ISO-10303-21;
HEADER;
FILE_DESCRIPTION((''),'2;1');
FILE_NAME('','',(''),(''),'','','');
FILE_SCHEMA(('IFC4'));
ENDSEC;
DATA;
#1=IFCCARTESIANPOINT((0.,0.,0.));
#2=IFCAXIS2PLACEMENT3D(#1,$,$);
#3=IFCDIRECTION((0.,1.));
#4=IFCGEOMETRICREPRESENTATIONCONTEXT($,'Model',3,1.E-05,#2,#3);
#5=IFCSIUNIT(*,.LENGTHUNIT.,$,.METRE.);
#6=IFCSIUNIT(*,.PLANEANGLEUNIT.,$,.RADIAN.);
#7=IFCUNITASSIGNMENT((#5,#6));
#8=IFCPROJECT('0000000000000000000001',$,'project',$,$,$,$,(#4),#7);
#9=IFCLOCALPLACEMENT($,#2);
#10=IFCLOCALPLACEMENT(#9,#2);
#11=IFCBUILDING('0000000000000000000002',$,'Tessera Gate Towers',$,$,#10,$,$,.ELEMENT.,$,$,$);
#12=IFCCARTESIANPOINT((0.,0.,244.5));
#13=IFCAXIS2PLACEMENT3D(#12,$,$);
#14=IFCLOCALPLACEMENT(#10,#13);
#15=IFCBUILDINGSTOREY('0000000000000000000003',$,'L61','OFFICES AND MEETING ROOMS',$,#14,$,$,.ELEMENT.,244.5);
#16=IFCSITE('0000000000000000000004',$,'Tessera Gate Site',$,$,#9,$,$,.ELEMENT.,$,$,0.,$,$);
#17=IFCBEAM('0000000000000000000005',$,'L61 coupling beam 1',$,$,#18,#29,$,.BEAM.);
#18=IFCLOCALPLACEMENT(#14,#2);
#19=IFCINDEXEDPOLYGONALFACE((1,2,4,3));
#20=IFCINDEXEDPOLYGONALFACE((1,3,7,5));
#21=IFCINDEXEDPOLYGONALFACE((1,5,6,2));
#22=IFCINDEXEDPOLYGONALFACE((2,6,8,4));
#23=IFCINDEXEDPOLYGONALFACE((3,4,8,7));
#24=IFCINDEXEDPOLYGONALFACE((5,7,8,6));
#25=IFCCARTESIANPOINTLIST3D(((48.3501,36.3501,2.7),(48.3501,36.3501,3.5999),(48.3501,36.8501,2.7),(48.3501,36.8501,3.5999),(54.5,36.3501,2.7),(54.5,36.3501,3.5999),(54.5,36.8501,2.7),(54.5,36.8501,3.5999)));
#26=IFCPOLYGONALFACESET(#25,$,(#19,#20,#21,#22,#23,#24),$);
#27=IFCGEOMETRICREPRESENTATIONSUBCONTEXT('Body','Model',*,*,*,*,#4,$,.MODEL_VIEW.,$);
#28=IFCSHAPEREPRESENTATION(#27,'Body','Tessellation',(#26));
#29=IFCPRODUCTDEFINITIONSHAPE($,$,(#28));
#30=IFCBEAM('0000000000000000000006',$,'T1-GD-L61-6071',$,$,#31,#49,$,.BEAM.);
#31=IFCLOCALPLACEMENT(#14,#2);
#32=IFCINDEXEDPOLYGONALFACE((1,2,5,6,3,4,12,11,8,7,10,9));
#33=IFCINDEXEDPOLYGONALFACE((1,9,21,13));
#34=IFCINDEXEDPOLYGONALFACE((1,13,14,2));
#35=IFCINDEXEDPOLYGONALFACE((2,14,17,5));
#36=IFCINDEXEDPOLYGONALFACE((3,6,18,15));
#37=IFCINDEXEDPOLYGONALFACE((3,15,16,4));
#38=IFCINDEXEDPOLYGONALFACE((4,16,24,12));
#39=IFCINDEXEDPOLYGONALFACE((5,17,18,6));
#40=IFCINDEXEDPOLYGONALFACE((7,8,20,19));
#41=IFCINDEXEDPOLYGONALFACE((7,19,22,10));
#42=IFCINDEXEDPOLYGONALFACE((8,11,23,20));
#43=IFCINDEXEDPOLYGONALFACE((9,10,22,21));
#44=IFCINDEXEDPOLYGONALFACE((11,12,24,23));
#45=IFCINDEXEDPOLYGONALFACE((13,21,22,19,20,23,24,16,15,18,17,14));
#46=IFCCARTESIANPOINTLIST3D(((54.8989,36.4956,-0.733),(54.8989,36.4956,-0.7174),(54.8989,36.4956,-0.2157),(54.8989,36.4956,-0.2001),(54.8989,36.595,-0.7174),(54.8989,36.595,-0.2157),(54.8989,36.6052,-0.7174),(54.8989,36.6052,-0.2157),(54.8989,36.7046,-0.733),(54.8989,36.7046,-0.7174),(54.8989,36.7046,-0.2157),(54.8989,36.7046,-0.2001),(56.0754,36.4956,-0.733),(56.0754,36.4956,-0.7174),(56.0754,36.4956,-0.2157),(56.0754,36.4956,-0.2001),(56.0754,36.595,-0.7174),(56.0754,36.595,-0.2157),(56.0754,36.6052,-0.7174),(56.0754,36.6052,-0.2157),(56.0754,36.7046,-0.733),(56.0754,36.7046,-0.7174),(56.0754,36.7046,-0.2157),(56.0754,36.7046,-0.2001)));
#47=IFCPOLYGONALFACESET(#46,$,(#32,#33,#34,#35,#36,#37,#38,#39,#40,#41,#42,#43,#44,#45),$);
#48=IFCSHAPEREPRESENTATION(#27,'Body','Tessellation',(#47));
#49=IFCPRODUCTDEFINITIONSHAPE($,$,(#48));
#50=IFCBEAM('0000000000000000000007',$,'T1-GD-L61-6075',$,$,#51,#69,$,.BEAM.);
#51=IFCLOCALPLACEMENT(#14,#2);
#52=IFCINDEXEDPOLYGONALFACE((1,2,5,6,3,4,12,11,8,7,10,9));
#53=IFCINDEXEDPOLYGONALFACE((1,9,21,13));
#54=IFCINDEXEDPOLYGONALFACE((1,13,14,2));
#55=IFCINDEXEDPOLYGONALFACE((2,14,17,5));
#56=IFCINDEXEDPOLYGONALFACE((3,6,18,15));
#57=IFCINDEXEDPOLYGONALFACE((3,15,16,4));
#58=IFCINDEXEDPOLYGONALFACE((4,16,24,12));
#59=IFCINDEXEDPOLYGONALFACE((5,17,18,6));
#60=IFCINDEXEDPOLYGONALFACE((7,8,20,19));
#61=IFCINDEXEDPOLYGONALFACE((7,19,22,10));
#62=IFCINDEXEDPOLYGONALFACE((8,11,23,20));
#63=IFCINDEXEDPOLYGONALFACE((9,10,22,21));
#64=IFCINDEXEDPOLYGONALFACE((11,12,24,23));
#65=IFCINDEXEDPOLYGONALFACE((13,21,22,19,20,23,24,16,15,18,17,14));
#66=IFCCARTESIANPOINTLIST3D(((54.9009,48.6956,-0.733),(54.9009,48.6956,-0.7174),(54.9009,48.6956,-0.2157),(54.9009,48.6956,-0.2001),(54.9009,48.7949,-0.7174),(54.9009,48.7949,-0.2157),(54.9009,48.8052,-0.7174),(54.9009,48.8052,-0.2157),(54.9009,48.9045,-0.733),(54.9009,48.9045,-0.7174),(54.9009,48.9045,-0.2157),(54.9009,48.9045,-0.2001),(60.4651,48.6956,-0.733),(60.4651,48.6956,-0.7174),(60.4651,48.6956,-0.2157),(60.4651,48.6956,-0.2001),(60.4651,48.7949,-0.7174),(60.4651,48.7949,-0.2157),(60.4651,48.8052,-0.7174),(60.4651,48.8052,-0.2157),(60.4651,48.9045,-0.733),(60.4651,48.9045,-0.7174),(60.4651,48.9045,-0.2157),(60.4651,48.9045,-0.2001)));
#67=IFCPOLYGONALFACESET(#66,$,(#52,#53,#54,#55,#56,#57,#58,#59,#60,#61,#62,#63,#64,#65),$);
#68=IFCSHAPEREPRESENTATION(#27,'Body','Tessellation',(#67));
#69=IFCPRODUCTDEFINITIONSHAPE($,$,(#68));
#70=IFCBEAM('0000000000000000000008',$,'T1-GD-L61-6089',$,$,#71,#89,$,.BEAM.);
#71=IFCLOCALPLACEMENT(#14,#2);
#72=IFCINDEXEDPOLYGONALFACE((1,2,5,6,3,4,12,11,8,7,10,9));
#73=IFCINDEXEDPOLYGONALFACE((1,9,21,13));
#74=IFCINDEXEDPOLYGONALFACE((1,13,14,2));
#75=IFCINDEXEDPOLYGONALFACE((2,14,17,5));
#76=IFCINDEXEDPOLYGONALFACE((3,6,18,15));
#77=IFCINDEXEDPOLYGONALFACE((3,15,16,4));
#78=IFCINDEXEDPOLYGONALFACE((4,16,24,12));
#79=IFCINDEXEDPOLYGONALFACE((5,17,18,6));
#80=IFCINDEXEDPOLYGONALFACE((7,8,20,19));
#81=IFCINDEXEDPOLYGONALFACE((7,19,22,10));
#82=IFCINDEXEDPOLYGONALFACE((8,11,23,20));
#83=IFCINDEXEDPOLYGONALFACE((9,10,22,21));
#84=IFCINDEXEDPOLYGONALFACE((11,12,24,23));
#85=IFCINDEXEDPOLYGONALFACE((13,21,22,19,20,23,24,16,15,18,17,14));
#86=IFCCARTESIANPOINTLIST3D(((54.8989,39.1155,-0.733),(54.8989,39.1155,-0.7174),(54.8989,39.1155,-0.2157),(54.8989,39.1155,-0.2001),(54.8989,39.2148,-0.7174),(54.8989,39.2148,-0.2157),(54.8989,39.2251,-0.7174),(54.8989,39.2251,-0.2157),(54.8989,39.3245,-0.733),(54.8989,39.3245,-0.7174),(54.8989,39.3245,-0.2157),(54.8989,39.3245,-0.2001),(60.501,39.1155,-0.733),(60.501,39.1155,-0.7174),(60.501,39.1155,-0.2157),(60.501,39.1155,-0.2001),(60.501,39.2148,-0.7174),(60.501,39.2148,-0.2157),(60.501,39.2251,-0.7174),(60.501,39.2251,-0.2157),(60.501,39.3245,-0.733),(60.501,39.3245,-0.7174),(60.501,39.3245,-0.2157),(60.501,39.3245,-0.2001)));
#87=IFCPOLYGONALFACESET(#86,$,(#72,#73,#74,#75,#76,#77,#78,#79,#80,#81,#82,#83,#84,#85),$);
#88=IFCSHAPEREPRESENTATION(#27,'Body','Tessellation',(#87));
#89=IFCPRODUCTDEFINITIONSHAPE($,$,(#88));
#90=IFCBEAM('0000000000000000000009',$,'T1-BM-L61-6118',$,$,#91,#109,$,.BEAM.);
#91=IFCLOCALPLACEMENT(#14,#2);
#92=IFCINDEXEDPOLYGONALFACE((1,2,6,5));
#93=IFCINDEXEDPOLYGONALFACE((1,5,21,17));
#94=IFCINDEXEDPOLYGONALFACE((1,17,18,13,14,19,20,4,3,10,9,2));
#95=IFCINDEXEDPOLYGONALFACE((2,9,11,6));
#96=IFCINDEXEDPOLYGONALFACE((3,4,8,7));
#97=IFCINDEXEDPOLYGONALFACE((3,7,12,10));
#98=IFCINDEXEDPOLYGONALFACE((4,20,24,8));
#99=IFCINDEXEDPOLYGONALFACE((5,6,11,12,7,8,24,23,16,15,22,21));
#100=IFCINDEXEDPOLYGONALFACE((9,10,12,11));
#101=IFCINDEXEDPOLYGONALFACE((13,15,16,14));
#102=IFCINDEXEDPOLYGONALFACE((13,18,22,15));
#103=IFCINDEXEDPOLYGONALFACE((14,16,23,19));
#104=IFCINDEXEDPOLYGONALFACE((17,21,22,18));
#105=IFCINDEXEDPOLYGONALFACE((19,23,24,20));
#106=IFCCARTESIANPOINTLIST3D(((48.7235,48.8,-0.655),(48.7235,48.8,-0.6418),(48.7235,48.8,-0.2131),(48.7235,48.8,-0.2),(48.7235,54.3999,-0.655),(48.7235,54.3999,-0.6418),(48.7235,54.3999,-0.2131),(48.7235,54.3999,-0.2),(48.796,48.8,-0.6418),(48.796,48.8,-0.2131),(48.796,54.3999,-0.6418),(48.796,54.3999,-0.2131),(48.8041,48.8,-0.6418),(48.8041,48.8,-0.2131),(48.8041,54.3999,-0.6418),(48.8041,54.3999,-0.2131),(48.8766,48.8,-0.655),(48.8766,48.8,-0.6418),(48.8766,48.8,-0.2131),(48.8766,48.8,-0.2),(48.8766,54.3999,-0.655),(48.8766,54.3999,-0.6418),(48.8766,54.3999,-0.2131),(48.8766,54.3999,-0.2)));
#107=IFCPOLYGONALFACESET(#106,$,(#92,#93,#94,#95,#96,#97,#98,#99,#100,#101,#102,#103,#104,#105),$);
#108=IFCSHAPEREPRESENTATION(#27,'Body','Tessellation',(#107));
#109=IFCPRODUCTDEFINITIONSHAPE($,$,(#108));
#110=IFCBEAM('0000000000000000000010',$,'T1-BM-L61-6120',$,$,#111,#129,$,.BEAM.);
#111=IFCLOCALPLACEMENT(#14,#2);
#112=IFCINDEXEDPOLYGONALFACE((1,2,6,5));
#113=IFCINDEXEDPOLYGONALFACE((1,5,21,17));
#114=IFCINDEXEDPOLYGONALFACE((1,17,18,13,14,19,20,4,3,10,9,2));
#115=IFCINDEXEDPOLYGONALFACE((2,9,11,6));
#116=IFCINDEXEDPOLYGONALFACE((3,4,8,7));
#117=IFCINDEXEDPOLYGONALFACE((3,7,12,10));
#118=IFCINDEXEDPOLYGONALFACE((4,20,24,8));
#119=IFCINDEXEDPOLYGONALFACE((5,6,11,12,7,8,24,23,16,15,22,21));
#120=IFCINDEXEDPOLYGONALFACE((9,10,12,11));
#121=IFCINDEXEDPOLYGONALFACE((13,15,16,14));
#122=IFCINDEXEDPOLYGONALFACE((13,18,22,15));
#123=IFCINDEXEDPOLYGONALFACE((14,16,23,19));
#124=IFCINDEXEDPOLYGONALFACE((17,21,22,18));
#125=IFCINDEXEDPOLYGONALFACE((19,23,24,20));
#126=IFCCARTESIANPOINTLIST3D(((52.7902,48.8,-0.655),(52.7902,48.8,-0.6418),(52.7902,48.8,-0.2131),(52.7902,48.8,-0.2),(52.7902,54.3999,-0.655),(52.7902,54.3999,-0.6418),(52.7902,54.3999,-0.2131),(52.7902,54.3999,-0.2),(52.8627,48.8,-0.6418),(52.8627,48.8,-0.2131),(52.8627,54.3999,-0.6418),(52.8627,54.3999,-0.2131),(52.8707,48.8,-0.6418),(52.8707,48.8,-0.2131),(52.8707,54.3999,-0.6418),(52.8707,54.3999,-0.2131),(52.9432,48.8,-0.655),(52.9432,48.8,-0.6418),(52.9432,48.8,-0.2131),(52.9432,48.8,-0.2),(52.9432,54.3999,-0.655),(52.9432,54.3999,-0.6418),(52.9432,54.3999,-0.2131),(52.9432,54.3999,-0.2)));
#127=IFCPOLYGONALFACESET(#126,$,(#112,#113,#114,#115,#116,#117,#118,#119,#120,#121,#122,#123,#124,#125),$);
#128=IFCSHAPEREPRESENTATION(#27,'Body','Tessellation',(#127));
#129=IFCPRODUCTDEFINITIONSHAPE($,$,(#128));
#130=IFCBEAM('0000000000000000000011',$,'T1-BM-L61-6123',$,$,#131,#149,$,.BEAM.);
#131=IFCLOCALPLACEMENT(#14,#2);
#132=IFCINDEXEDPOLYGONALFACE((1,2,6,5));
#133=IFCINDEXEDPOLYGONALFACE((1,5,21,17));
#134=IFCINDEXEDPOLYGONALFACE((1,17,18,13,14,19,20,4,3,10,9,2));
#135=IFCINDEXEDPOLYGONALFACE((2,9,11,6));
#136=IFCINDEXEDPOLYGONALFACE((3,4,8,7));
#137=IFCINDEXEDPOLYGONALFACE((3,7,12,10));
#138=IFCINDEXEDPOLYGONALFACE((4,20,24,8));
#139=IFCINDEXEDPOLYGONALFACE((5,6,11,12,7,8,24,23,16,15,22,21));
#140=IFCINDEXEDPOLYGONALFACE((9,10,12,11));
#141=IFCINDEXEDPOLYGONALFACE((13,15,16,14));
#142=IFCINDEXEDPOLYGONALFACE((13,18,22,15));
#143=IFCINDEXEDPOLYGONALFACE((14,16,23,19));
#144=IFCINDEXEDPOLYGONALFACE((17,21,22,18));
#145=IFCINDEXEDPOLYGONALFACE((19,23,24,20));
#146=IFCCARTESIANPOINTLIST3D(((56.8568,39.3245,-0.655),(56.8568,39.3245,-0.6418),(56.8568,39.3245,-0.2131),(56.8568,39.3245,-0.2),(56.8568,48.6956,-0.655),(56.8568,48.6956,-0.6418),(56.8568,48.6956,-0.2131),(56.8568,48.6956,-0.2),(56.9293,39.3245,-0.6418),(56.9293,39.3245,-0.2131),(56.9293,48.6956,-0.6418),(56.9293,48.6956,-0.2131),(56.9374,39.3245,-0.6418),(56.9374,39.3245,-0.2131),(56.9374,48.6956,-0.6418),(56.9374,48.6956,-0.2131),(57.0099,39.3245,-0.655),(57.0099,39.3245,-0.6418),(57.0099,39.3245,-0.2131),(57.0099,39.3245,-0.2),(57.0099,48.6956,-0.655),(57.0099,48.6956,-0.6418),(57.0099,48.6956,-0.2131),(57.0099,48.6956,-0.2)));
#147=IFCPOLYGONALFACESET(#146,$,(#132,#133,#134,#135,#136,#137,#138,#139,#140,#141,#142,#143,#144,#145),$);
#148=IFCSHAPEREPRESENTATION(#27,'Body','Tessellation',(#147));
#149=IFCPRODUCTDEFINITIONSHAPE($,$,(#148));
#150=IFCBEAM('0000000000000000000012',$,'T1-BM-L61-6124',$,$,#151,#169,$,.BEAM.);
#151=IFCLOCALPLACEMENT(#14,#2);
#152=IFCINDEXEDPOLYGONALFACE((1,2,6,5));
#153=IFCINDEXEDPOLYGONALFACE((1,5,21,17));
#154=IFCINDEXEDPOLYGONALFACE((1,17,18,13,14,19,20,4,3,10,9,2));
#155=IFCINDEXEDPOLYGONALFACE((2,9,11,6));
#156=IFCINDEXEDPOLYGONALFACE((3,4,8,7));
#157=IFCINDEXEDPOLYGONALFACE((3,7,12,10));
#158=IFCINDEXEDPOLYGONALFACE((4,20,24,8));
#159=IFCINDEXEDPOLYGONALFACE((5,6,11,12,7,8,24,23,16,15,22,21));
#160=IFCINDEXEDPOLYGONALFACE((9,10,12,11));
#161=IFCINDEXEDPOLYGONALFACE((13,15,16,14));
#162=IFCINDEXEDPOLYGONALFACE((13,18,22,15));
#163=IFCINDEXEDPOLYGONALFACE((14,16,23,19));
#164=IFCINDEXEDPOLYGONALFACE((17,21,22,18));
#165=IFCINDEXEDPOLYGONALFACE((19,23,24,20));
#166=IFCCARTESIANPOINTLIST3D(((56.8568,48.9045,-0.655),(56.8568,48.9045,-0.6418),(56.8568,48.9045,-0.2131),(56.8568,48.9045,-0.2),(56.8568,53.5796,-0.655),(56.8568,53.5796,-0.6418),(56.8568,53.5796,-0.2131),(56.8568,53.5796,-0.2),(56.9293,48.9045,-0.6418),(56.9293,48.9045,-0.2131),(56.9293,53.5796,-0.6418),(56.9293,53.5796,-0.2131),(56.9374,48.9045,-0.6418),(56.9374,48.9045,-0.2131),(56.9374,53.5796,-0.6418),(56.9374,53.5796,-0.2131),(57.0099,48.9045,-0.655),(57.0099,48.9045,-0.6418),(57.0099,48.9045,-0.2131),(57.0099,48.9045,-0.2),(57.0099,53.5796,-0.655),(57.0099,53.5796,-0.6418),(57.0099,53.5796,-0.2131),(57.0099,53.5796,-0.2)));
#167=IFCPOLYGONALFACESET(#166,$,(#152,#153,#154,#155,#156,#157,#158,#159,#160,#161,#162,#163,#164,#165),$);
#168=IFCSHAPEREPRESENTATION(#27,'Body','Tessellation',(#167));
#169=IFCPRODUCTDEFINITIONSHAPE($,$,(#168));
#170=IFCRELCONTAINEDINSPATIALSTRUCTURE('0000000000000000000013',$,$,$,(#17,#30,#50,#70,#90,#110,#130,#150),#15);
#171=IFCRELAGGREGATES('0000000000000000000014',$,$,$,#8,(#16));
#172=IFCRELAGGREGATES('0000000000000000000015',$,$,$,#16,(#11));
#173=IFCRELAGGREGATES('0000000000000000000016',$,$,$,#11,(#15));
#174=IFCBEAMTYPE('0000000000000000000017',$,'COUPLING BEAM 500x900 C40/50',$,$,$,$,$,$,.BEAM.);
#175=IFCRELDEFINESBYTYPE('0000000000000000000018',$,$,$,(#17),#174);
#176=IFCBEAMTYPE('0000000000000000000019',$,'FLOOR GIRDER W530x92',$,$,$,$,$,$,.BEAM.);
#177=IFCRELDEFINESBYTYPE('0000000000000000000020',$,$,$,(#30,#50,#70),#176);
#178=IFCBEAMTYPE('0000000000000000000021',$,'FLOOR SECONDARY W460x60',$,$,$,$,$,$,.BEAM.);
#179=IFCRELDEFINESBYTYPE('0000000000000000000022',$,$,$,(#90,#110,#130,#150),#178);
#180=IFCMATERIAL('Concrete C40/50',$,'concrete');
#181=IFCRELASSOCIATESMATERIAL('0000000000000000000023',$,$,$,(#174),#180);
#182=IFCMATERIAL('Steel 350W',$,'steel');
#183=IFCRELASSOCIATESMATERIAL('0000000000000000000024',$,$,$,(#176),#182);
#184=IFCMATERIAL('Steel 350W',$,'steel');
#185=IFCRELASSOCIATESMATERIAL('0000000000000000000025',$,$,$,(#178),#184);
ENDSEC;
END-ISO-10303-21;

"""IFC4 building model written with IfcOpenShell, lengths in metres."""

from ifc_helpers import new_model, si_unit, direction, frame, origin, origin_2d, place, context, subcontext, project, spatial, rectangle, i_section, extrude, material, material_profile, profile_set, type_object, element, save


model = new_model("IFC4")

# Units and contexts
model_context = context("Model", 3, precision=1e-05, world=origin(), true_north=direction((0.0, 1.0)))
body_context = subcontext(model_context, "Body", "Model", "MODEL_VIEW")
ifc_project = project(units=[si_unit("LENGTHUNIT", "METRE"), si_unit("PLANEANGLEUNIT", "RADIAN")], contexts=[model_context])

# Site, building, storey
site_placement = place(None, origin())
site = spatial("IfcSite", under=ifc_project, at=site_placement, Name="Tessera Gate Site", CompositionType="ELEMENT", RefElevation=0.0)
building_placement = place(site_placement, origin())
building = spatial("IfcBuilding", under=site, at=building_placement, Name="Tessera Gate Towers", CompositionType="ELEMENT")
storey_placement = place(building_placement, frame((0.0, 0.0, 244.5)))
storey = spatial("IfcBuildingStorey", under=building, at=storey_placement, Name="L61", Description="OFFICES AND MEETING ROOMS", CompositionType="ELEMENT", Elevation=244.5)

# Beams
ifc_material_1 = material(Name="Concrete C40/50", Category="concrete")
ifc_material_profile_1 = material_profile(ifc_material_1, rectangle(XDim=0.5, YDim=0.8999, at=origin_2d()), Name="RC 500x900")
ifc_profile_set_1 = profile_set([ifc_material_profile_1], Name="Concrete C40/50")
beam_type_1 = type_object("IfcBeamType", Name="COUPLING BEAM 500x900 C40/50", PredefinedType="BEAM", material=ifc_profile_set_1)
beam_1_placement = place(storey_placement, frame((48.3501, 36.6001, 3.1499), z_axis=(1.0, 0.0, 0.0), x_axis=(0.0, 1.0, 0.0)))
element("IfcBeam", 1, at=beam_1_placement, inside=storey, type_object=beam_type_1, Name="L61 coupling beam 1", PredefinedType="BEAM", context=body_context, shape_type="SweptSolid", body=[
    extrude(rectangle(XDim=0.5, YDim=0.8999, at=origin_2d()), origin(), (0.0, 0.0, 1.0), 6.1499),
])
ifc_material_2 = material(Name="Steel 350W", Category="steel")
ifc_material_profile_2 = material_profile(ifc_material_2, i_section(OverallWidth=0.209, OverallDepth=0.533, WebThickness=0.0103, FlangeThickness=0.0156, at=origin_2d()), Name="W530x92")
ifc_profile_set_2 = profile_set([ifc_material_profile_2], Name="Steel 350W")
beam_type_2 = type_object("IfcBeamType", Name="FLOOR GIRDER W530x92", PredefinedType="BEAM", material=ifc_profile_set_2)
beam_2_placement = place(storey_placement, frame((54.8989, 36.6001, -0.4666), z_axis=(1.0, 0.0, 0.0), x_axis=(0.0, 1.0, 0.0)))
element("IfcBeam", 2, at=beam_2_placement, inside=storey, type_object=beam_type_2, Name="T1-GD-L61-6071", PredefinedType="BEAM", context=body_context, shape_type="SweptSolid", body=[
    extrude(i_section(OverallWidth=0.209, OverallDepth=0.533, WebThickness=0.0103, FlangeThickness=0.0156, at=origin_2d()), origin(), (0.0, 0.0, 1.0), 1.1765),
])
beam_3_placement = place(storey_placement, frame((54.9009, 48.8, -0.4666), z_axis=(1.0, 0.0, 0.0), x_axis=(0.0, 1.0, 0.0)))
element("IfcBeam", 3, at=beam_3_placement, inside=storey, type_object=beam_type_2, Name="T1-GD-L61-6075", PredefinedType="BEAM", context=body_context, shape_type="SweptSolid", body=[
    extrude(i_section(OverallWidth=0.209, OverallDepth=0.533, WebThickness=0.0103, FlangeThickness=0.0156, at=origin_2d()), origin(), (0.0, 0.0, 1.0), 5.5642),
])
beam_4_placement = place(storey_placement, frame((54.8989, 39.22, -0.4666), z_axis=(1.0, 0.0, 0.0), x_axis=(0.0, 1.0, 0.0)))
element("IfcBeam", 4, at=beam_4_placement, inside=storey, type_object=beam_type_2, Name="T1-GD-L61-6089", PredefinedType="BEAM", context=body_context, shape_type="SweptSolid", body=[
    extrude(i_section(OverallWidth=0.209, OverallDepth=0.533, WebThickness=0.0103, FlangeThickness=0.0156, at=origin_2d()), origin(), (0.0, 0.0, 1.0), 5.6021),
])
ifc_material_3 = material(Name="Steel 350W", Category="steel")
ifc_material_profile_3 = material_profile(ifc_material_3, i_section(OverallWidth=0.1531, OverallDepth=0.4551, WebThickness=0.0081, FlangeThickness=0.0132, at=origin_2d()), Name="W460x60")
ifc_profile_set_3 = profile_set([ifc_material_profile_3], Name="Steel 350W")
beam_type_3 = type_object("IfcBeamType", Name="FLOOR SECONDARY W460x60", PredefinedType="BEAM", material=ifc_profile_set_3)
for number, where, z_axis, x_axis, name in (
    (5, (48.8, 48.8, -0.4275), (0.0, 1.0, 0.0), (-1.0, 0.0, 0.0), "T1-BM-L61-6118"),
    (6, (52.8667, 48.8, -0.4275), (0.0, 1.0, 0.0), (-1.0, 0.0, 0.0), "T1-BM-L61-6120"),
):
    element("IfcBeam", number, at=place(storey_placement, frame(where, z_axis=z_axis, x_axis=x_axis)), inside=storey, type_object=beam_type_3, Name=name, PredefinedType="BEAM", context=body_context, shape_type="SweptSolid", body=[
        extrude(i_section(OverallWidth=0.1531, OverallDepth=0.4551, WebThickness=0.0081, FlangeThickness=0.0132, at=origin_2d()), origin(), (0.0, 0.0, 1.0), 5.5999),
    ])
beam_5_placement = place(storey_placement, frame((56.9333, 39.3245, -0.4275), z_axis=(0.0, 1.0, 0.0), x_axis=(-1.0, 0.0, 0.0)))
element("IfcBeam", 7, at=beam_5_placement, inside=storey, type_object=beam_type_3, Name="T1-BM-L61-6123", PredefinedType="BEAM", context=body_context, shape_type="SweptSolid", body=[
    extrude(i_section(OverallWidth=0.1531, OverallDepth=0.4551, WebThickness=0.0081, FlangeThickness=0.0132, at=origin_2d()), origin(), (0.0, 0.0, 1.0), 9.3711),
])
beam_6_placement = place(storey_placement, frame((56.9333, 48.9045, -0.4275), z_axis=(0.0, 1.0, 0.0), x_axis=(-1.0, 0.0, 0.0)))
element("IfcBeam", 8, at=beam_6_placement, inside=storey, type_object=beam_type_3, Name="T1-BM-L61-6124", PredefinedType="BEAM", context=body_context, shape_type="SweptSolid", body=[
    extrude(i_section(OverallWidth=0.1531, OverallDepth=0.4551, WebThickness=0.0081, FlangeThickness=0.0132, at=origin_2d()), origin(), (0.0, 0.0, 1.0), 4.675),
])

save(model, "model.ifc")
